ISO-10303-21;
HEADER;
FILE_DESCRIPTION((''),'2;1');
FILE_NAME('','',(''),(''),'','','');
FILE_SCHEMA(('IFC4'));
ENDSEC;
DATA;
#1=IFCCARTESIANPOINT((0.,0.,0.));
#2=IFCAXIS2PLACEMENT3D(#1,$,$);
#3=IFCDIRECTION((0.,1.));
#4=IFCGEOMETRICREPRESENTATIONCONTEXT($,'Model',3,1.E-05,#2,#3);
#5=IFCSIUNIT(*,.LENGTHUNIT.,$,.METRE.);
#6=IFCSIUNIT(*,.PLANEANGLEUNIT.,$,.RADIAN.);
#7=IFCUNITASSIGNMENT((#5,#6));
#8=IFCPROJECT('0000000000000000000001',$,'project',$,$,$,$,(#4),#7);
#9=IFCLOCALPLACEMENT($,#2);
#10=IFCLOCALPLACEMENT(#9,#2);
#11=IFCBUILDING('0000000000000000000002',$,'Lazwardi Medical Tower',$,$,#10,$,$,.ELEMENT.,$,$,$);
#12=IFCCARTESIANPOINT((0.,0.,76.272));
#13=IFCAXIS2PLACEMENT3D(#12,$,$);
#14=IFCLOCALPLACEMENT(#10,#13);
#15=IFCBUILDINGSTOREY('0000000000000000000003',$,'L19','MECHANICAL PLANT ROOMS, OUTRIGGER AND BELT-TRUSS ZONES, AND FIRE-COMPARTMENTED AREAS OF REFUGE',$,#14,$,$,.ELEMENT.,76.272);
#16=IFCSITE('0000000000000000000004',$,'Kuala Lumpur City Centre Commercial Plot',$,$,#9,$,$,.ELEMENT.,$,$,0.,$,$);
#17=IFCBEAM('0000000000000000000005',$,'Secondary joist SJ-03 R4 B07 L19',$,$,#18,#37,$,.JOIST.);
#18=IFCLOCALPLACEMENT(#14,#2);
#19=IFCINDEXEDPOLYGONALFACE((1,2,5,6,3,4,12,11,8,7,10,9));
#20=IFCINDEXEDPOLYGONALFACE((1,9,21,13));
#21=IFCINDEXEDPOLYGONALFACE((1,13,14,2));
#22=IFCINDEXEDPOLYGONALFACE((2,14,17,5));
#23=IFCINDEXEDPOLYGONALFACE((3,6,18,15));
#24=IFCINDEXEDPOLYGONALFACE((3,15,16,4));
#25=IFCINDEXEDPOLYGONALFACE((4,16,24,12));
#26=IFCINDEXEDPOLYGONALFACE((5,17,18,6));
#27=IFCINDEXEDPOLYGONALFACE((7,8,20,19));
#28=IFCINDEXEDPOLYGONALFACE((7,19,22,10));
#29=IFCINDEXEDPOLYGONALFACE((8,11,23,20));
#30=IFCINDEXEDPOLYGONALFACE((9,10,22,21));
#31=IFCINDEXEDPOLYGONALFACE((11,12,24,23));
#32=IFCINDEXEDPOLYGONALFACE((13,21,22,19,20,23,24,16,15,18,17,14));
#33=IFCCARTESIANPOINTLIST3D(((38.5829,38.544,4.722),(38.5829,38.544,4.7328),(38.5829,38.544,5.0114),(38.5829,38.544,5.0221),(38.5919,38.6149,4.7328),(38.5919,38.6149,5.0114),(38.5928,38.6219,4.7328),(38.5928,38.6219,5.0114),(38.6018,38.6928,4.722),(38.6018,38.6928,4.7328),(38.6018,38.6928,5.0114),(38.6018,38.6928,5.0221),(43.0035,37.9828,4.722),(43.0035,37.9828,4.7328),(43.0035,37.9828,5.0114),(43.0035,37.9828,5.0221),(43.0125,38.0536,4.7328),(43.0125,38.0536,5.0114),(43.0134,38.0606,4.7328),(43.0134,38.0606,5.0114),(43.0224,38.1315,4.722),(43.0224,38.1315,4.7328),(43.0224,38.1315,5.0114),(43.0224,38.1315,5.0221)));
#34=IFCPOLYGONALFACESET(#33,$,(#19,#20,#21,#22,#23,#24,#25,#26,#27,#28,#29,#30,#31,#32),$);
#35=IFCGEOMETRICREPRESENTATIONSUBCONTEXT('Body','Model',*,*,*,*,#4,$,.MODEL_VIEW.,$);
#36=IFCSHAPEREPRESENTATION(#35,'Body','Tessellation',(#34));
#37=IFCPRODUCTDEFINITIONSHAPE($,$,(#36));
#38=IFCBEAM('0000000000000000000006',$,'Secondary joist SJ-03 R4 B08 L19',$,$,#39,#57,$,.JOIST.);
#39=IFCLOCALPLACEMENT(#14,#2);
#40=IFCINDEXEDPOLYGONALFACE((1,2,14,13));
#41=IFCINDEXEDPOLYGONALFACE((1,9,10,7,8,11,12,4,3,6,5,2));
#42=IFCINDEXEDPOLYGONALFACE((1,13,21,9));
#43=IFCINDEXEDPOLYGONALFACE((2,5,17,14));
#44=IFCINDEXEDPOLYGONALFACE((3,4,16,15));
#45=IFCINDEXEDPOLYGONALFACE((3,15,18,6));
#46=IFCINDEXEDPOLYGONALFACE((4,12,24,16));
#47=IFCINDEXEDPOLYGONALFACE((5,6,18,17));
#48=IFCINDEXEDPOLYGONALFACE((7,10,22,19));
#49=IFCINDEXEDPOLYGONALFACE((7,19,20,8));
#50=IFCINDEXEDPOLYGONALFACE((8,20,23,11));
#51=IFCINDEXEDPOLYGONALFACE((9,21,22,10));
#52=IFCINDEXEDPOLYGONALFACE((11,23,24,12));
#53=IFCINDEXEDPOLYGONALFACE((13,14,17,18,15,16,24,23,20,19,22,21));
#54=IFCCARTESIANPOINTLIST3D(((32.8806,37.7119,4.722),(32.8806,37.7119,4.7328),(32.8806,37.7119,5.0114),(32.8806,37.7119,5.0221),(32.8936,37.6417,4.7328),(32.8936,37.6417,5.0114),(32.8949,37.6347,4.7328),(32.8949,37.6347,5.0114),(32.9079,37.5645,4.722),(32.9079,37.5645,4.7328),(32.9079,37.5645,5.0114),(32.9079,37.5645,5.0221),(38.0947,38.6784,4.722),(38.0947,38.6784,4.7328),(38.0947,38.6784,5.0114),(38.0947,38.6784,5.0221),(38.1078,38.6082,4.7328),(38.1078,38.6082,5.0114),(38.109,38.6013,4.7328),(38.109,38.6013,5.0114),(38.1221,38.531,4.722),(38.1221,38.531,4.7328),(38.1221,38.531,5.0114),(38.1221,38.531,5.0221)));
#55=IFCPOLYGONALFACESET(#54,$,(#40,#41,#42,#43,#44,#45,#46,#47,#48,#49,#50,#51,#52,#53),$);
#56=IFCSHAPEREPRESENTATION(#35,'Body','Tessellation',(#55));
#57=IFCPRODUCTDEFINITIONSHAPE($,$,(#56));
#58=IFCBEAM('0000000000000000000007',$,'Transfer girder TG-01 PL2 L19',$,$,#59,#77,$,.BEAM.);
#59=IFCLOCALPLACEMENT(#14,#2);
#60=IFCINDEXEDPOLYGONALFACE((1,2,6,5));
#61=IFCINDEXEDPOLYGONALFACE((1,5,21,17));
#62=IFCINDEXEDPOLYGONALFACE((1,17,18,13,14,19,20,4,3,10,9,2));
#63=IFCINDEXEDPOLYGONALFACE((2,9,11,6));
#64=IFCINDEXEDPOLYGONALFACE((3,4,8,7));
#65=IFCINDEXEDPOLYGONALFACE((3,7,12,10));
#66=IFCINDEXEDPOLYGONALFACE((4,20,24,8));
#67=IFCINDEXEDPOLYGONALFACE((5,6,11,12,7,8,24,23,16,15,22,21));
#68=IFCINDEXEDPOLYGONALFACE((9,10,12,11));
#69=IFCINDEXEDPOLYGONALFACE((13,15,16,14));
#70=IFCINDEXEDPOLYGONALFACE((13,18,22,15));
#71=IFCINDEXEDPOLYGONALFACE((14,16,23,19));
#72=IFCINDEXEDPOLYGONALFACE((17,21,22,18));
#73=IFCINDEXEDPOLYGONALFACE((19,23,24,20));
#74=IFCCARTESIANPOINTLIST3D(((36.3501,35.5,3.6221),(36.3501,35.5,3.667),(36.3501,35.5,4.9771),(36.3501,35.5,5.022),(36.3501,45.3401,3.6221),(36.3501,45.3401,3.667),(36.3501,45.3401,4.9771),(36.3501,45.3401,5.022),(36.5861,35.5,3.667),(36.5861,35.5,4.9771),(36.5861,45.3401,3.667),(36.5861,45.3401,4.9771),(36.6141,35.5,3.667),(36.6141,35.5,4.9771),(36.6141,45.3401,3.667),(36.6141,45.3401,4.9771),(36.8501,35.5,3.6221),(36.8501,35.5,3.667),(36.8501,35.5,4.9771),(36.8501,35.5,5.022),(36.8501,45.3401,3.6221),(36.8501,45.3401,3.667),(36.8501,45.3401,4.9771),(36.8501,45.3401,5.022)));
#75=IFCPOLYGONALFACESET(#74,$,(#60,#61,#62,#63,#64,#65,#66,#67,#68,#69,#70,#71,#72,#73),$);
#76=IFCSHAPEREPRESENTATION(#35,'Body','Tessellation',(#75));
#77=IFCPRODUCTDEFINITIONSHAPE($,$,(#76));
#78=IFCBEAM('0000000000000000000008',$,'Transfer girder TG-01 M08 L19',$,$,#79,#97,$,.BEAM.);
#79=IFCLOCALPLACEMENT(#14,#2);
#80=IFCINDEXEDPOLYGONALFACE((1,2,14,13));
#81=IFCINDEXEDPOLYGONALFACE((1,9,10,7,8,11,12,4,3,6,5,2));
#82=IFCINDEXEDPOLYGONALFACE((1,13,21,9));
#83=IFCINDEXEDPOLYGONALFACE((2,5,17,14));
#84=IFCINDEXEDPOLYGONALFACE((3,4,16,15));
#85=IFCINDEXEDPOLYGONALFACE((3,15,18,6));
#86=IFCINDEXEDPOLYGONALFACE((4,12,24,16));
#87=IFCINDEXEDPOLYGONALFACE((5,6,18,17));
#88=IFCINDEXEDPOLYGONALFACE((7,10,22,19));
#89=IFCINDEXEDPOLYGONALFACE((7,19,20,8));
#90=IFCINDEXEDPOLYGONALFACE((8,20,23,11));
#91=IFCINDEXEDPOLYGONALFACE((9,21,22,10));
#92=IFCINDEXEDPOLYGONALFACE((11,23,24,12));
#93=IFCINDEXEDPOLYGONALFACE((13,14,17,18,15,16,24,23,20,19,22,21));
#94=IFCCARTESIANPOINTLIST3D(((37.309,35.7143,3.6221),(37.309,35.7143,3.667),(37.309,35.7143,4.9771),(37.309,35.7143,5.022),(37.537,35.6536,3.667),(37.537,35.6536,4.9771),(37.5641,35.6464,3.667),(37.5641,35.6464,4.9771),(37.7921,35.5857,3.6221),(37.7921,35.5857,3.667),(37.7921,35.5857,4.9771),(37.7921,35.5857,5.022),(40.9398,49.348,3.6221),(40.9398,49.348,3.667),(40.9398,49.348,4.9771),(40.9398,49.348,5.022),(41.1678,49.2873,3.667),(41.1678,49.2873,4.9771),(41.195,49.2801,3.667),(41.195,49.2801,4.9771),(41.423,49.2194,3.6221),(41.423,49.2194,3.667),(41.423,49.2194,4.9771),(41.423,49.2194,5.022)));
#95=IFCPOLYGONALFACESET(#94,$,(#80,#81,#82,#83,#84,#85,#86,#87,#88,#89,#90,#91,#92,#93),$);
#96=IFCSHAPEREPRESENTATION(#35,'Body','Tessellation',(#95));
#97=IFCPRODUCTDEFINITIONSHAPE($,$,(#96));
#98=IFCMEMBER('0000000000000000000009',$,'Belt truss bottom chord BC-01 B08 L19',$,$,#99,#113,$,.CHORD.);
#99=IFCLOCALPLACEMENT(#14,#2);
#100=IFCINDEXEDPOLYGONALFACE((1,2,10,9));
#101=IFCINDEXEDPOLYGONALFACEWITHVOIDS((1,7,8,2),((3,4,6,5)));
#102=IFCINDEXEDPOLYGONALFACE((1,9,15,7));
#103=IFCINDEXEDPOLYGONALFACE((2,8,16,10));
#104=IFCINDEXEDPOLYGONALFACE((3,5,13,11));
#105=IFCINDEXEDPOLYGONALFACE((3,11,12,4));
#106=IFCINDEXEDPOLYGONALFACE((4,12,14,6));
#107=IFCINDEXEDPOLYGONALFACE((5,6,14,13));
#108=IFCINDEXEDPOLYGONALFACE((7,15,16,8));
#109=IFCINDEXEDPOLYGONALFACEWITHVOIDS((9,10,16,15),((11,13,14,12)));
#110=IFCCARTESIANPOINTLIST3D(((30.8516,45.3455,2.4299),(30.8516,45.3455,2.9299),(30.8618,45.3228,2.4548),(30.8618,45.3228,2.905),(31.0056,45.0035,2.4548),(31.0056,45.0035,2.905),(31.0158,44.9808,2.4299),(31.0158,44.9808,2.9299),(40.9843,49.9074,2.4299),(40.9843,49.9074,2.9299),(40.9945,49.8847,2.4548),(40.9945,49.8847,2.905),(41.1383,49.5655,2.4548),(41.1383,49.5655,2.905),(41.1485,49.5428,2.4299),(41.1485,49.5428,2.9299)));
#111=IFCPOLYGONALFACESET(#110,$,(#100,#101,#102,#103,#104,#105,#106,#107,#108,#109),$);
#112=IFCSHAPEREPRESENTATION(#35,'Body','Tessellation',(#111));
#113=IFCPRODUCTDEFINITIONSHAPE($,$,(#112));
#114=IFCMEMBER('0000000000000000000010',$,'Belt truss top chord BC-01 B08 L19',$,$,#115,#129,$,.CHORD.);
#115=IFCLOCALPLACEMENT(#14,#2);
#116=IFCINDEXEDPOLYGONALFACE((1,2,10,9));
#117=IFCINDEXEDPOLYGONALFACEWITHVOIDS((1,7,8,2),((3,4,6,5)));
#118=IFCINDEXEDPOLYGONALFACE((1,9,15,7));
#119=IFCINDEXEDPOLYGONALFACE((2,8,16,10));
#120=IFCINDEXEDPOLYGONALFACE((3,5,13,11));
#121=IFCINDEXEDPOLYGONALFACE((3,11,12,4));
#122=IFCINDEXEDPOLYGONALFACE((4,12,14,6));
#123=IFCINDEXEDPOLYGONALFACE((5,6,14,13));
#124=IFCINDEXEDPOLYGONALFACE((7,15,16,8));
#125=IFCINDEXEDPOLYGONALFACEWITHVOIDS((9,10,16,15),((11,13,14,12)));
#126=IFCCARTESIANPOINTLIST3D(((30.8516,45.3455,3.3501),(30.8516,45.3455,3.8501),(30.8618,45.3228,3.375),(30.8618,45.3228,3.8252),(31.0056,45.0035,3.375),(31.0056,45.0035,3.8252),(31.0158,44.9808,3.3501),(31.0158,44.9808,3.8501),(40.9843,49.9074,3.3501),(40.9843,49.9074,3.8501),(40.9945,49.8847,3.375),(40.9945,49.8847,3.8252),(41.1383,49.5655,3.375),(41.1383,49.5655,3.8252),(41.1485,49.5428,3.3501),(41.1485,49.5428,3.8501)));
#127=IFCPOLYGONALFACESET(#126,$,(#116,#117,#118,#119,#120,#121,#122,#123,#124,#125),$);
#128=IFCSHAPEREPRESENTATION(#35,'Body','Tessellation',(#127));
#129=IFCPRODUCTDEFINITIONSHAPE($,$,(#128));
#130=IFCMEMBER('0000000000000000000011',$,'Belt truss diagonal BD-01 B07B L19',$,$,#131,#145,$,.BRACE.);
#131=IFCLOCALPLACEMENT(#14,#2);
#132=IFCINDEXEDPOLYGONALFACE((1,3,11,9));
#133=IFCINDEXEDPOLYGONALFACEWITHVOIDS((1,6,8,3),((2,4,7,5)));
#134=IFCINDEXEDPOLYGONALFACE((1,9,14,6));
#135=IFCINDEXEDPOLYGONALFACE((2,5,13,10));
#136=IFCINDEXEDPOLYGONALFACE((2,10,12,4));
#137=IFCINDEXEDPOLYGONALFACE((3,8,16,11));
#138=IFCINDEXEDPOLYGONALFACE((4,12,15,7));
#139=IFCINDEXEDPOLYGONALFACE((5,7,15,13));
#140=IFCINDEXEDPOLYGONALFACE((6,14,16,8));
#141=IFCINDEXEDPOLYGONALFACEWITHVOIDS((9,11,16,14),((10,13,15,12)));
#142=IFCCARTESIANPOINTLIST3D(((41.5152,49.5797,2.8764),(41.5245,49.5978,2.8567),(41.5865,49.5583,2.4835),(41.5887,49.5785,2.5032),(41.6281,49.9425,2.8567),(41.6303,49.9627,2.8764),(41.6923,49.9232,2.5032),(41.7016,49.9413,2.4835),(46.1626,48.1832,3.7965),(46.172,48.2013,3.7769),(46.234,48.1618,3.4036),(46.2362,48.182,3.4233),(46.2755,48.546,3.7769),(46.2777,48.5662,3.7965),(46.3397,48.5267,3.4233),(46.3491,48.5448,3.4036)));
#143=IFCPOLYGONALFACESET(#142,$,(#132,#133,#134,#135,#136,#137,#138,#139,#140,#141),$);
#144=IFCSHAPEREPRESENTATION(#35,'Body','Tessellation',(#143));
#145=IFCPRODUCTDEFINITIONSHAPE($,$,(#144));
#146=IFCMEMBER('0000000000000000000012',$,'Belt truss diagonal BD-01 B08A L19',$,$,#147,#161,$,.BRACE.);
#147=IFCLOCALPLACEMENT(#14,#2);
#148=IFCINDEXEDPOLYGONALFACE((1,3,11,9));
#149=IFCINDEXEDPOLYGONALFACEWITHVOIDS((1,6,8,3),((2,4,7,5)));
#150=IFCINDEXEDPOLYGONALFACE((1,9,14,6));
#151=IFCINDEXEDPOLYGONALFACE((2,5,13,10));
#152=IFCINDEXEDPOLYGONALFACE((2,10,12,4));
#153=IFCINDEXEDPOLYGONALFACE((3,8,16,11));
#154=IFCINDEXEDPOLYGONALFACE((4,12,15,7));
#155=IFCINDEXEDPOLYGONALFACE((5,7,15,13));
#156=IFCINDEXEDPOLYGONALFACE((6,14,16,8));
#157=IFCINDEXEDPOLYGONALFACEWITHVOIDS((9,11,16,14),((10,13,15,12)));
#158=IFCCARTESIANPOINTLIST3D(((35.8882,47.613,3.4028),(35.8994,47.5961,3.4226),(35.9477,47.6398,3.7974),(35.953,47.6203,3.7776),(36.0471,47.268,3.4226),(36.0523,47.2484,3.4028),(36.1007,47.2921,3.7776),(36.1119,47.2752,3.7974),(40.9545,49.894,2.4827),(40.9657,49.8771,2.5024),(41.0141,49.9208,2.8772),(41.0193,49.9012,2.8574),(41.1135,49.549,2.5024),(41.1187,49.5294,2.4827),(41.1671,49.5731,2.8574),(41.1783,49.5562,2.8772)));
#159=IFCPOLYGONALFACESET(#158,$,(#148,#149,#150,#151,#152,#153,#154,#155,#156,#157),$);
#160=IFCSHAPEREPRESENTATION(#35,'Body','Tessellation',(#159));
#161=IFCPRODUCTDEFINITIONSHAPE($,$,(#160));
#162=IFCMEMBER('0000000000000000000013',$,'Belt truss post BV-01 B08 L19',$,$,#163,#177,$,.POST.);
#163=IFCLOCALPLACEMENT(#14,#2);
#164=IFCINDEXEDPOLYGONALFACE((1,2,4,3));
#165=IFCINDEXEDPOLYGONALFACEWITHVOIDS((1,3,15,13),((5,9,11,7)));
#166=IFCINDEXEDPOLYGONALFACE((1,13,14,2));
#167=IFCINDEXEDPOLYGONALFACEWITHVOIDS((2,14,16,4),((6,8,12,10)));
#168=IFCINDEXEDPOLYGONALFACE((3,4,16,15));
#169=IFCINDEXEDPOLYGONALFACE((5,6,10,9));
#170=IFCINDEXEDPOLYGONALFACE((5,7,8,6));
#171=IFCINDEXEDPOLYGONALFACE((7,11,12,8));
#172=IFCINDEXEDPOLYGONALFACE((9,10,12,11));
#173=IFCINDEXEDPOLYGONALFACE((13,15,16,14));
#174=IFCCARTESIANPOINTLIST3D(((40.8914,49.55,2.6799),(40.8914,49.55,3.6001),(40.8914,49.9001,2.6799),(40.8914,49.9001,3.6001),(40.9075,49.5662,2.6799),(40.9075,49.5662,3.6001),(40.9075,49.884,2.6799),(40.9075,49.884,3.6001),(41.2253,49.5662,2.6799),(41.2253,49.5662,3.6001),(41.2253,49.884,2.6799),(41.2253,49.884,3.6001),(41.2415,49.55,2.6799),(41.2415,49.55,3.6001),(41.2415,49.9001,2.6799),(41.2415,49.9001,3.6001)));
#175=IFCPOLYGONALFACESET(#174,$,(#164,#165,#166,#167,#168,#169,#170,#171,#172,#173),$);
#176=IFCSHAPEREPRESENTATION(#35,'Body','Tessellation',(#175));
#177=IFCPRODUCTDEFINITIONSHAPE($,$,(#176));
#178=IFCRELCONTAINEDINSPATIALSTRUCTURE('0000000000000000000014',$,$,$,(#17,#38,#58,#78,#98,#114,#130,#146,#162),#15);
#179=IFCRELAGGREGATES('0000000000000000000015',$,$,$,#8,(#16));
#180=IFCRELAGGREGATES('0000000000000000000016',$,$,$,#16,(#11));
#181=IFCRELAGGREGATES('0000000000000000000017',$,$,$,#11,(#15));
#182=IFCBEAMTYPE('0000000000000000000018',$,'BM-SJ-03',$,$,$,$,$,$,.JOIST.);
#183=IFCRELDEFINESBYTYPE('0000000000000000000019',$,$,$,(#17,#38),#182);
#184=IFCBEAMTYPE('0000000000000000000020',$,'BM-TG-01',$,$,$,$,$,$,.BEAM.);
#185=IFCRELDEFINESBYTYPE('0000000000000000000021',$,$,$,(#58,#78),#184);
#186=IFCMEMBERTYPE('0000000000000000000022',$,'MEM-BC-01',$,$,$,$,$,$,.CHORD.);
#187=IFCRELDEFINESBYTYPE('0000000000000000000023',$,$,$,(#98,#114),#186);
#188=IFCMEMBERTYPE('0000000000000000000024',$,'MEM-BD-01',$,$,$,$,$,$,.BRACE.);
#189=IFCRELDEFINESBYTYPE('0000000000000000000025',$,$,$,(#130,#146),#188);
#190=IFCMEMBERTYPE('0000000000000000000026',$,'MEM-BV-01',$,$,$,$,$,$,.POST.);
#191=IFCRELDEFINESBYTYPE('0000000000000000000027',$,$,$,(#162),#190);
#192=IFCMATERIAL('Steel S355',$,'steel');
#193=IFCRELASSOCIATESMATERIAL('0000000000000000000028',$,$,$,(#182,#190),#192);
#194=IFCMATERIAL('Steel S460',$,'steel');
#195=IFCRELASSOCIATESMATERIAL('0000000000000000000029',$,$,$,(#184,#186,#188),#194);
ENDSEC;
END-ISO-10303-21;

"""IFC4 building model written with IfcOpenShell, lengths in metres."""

from ifc_helpers import new_model, si_unit, direction, frame, origin, origin_2d, place, context, subcontext, project, spatial, hollow_rectangle, i_section, extrude, material, material_profile, profile_set, type_object, element, save


model = new_model("IFC4")

# Units and contexts
model_context = context("Model", 3, precision=1e-05, world=origin(), true_north=direction((0.0, 1.0)))
body_context = subcontext(model_context, "Body", "Model", "MODEL_VIEW")
ifc_project = project(units=[si_unit("LENGTHUNIT", "METRE"), si_unit("PLANEANGLEUNIT", "RADIAN")], contexts=[model_context])

# Site, building, storey
site_placement = place(None, origin())
site = spatial("IfcSite", under=ifc_project, at=site_placement, Name="Kuala Lumpur City Centre Commercial Plot", CompositionType="ELEMENT", RefElevation=0.0)
building_placement = place(site_placement, origin())
building = spatial("IfcBuilding", under=site, at=building_placement, Name="Lazwardi Medical Tower", CompositionType="ELEMENT")
storey_placement = place(building_placement, frame((0.0, 0.0, 76.272)))
storey = spatial("IfcBuildingStorey", under=building, at=storey_placement, Name="L19", Description="MECHANICAL PLANT ROOMS, OUTRIGGER AND BELT-TRUSS ZONES, AND FIRE-COMPARTMENTED AREAS OF REFUGE", CompositionType="ELEMENT", Elevation=76.272)

# Beams
ifc_material_1 = material(Name="Steel S355", Category="steel")
ifc_material_profile_1 = material_profile(ifc_material_1, i_section(OverallWidth=0.1499, OverallDepth=0.3, WebThickness=0.0071, FlangeThickness=0.0107, at=origin_2d()), Name="IPE 300")
ifc_profile_set_1 = profile_set([ifc_material_profile_1], Name="Steel S355")
beam_type_1 = type_object("IfcBeamType", Name="BM-SJ-03", PredefinedType="JOIST", material=ifc_profile_set_1)
beam_1_placement = place(storey_placement, frame((43.0129, 38.0571, 4.8721), z_axis=(-0.992036, 0.125956, 0.0), x_axis=(-0.125956, -0.992036, 0.0)))
element("IfcBeam", 1, at=beam_1_placement, inside=storey, type_object=beam_type_1, Name="Secondary joist SJ-03 R4 B07 L19", PredefinedType="JOIST", context=body_context, shape_type="SweptSolid", body=[
    extrude(i_section(OverallWidth=0.1499, OverallDepth=0.3, WebThickness=0.0071, FlangeThickness=0.0107, at=origin_2d()), origin(), (0.0, 0.0, 1.0), 4.4561),
])
beam_2_placement = place(storey_placement, frame((38.1084, 38.6047, 4.8721), z_axis=(-0.983249, -0.182267, 0.0), x_axis=(0.182267, -0.983249, 0.0)))
element("IfcBeam", 2, at=beam_2_placement, inside=storey, type_object=beam_type_1, Name="Secondary joist SJ-03 R4 B08 L19", PredefinedType="JOIST", context=body_context, shape_type="SweptSolid", body=[
    extrude(i_section(OverallWidth=0.1499, OverallDepth=0.3, WebThickness=0.0071, FlangeThickness=0.0107, at=origin_2d()), origin(), (0.0, 0.0, 1.0), 5.303),
])
ifc_material_2 = material(Name="Steel S460", Category="steel")
ifc_material_profile_2 = material_profile(ifc_material_2, i_section(OverallWidth=0.5, OverallDepth=1.3999, WebThickness=0.0281, FlangeThickness=0.0449, at=origin_2d()), Name="PG 1400x500")
ifc_profile_set_2 = profile_set([ifc_material_profile_2], Name="Steel S460")
beam_type_2 = type_object("IfcBeamType", Name="BM-TG-01", PredefinedType="BEAM", material=ifc_profile_set_2)
beam_3_placement = place(storey_placement, frame((36.6001, 45.3401, 4.322), z_axis=(0.0, -1.0, 0.0), x_axis=(1.0, 0.0, 0.0)))
element("IfcBeam", 3, at=beam_3_placement, inside=storey, type_object=beam_type_2, Name="Transfer girder TG-01 PL2 L19", PredefinedType="BEAM", context=body_context, shape_type="SweptSolid", body=[
    extrude(i_section(OverallWidth=0.5, OverallDepth=1.3999, WebThickness=0.0281, FlangeThickness=0.0449, at=origin_2d()), origin(), (0.0, 0.0, 1.0), 9.8401),
])
beam_4_placement = place(storey_placement, frame((41.1814, 49.2837, 4.322), z_axis=(-0.257344, -0.96632, 0.0), x_axis=(0.96632, -0.257344, 0.0)))
element("IfcBeam", 4, at=beam_4_placement, inside=storey, type_object=beam_type_2, Name="Transfer girder TG-01 M08 L19", PredefinedType="BEAM", context=body_context, shape_type="SweptSolid", body=[
    extrude(i_section(OverallWidth=0.5, OverallDepth=1.3999, WebThickness=0.0281, FlangeThickness=0.0449, at=origin_2d()), origin(), (0.0, 0.0, 1.0), 14.1089),
])

# Members
ifc_material_profile_3 = material_profile(ifc_material_2, hollow_rectangle(XDim=0.3999, YDim=0.5, WallThickness=0.0249, at=origin_2d()), Name="RHS 500x400x25")
ifc_profile_set_3 = profile_set([ifc_material_profile_3], Name="Steel S460")
member_type_1 = type_object("IfcMemberType", Name="MEM-BC-01", PredefinedType="CHORD", material=ifc_profile_set_3)
for number, where, z_axis, x_axis, name in (
    (5, (41.0664, 49.7251, 2.6799), (-0.911846, -0.410533, 0.0), (0.410533, -0.911846, 0.0), "Belt truss bottom chord BC-01 B08 L19"),
    (6, (41.0664, 49.7251, 3.6001), (-0.911846, -0.410533, 0.0), (0.410533, -0.911846, 0.0), "Belt truss top chord BC-01 B08 L19"),
):
    element("IfcMember", number, at=place(storey_placement, frame(where, z_axis=z_axis, x_axis=x_axis)), inside=storey, type_object=member_type_1, Name=name, PredefinedType="CHORD", context=body_context, shape_type="SweptSolid", body=[
        extrude(hollow_rectangle(XDim=0.3999, YDim=0.5, WallThickness=0.0249, at=origin_2d()), origin(), (0.0, 0.0, 1.0), 11.1123),
    ])
ifc_material_profile_4 = material_profile(ifc_material_2, hollow_rectangle(XDim=0.3999, YDim=0.3999, WallThickness=0.02, at=origin_2d()), Name="RHS 400x400x20")
ifc_profile_set_4 = profile_set([ifc_material_profile_4], Name="Steel S460")
member_type_2 = type_object("IfcMemberType", Name="MEM-BD-01", PredefinedType="BRACE", material=ifc_profile_set_4)
member_1_placement = place(storey_placement, frame((41.6084, 49.7605, 2.6799), z_axis=(0.940933, -0.282735, 0.186298), x_axis=(0.287772, 0.957699, 0.0)))
element("IfcMember", 7, at=member_1_placement, inside=storey, type_object=member_type_2, Name="Belt truss diagonal BD-01 B07B L19", PredefinedType="BRACE", context=body_context, shape_type="SweptSolid", body=[
    extrude(hollow_rectangle(XDim=0.3999, YDim=0.3999, WallThickness=0.02, at=origin_2d()), origin(), (0.0, 0.0, 1.0), 4.9392),
])
member_2_placement = place(storey_placement, frame((41.0664, 49.7251, 2.6799), z_axis=(-0.899593, -0.405016, 0.163385), x_axis=(0.410533, -0.911846, 0.0)))
element("IfcMember", 8, at=member_2_placement, inside=storey, type_object=member_type_2, Name="Belt truss diagonal BD-01 B08A L19", PredefinedType="BRACE", context=body_context, shape_type="SweptSolid", body=[
    extrude(hollow_rectangle(XDim=0.3999, YDim=0.3999, WallThickness=0.02, at=origin_2d()), origin(), (0.0, 0.0, 1.0), 5.6318),
])
ifc_material_profile_5 = material_profile(ifc_material_1, hollow_rectangle(XDim=0.3501, YDim=0.3501, WallThickness=0.0161, at=origin_2d()), Name="RHS 350x350x16")
ifc_profile_set_5 = profile_set([ifc_material_profile_5], Name="Steel S355")
member_type_3 = type_object("IfcMemberType", Name="MEM-BV-01", PredefinedType="POST", material=ifc_profile_set_5)
member_3_placement = place(storey_placement, frame((41.0664, 49.7251, 2.6799), z_axis=(0.0, 0.0, 1.0), x_axis=(1.0, 0.0, 0.0)))
element("IfcMember", 9, at=member_3_placement, inside=storey, type_object=member_type_3, Name="Belt truss post BV-01 B08 L19", PredefinedType="POST", context=body_context, shape_type="SweptSolid", body=[
    extrude(hollow_rectangle(XDim=0.3501, YDim=0.3501, WallThickness=0.0161, at=origin_2d()), origin(), (0.0, 0.0, 1.0), 0.9202),
])

save(model, "model.ifc")
